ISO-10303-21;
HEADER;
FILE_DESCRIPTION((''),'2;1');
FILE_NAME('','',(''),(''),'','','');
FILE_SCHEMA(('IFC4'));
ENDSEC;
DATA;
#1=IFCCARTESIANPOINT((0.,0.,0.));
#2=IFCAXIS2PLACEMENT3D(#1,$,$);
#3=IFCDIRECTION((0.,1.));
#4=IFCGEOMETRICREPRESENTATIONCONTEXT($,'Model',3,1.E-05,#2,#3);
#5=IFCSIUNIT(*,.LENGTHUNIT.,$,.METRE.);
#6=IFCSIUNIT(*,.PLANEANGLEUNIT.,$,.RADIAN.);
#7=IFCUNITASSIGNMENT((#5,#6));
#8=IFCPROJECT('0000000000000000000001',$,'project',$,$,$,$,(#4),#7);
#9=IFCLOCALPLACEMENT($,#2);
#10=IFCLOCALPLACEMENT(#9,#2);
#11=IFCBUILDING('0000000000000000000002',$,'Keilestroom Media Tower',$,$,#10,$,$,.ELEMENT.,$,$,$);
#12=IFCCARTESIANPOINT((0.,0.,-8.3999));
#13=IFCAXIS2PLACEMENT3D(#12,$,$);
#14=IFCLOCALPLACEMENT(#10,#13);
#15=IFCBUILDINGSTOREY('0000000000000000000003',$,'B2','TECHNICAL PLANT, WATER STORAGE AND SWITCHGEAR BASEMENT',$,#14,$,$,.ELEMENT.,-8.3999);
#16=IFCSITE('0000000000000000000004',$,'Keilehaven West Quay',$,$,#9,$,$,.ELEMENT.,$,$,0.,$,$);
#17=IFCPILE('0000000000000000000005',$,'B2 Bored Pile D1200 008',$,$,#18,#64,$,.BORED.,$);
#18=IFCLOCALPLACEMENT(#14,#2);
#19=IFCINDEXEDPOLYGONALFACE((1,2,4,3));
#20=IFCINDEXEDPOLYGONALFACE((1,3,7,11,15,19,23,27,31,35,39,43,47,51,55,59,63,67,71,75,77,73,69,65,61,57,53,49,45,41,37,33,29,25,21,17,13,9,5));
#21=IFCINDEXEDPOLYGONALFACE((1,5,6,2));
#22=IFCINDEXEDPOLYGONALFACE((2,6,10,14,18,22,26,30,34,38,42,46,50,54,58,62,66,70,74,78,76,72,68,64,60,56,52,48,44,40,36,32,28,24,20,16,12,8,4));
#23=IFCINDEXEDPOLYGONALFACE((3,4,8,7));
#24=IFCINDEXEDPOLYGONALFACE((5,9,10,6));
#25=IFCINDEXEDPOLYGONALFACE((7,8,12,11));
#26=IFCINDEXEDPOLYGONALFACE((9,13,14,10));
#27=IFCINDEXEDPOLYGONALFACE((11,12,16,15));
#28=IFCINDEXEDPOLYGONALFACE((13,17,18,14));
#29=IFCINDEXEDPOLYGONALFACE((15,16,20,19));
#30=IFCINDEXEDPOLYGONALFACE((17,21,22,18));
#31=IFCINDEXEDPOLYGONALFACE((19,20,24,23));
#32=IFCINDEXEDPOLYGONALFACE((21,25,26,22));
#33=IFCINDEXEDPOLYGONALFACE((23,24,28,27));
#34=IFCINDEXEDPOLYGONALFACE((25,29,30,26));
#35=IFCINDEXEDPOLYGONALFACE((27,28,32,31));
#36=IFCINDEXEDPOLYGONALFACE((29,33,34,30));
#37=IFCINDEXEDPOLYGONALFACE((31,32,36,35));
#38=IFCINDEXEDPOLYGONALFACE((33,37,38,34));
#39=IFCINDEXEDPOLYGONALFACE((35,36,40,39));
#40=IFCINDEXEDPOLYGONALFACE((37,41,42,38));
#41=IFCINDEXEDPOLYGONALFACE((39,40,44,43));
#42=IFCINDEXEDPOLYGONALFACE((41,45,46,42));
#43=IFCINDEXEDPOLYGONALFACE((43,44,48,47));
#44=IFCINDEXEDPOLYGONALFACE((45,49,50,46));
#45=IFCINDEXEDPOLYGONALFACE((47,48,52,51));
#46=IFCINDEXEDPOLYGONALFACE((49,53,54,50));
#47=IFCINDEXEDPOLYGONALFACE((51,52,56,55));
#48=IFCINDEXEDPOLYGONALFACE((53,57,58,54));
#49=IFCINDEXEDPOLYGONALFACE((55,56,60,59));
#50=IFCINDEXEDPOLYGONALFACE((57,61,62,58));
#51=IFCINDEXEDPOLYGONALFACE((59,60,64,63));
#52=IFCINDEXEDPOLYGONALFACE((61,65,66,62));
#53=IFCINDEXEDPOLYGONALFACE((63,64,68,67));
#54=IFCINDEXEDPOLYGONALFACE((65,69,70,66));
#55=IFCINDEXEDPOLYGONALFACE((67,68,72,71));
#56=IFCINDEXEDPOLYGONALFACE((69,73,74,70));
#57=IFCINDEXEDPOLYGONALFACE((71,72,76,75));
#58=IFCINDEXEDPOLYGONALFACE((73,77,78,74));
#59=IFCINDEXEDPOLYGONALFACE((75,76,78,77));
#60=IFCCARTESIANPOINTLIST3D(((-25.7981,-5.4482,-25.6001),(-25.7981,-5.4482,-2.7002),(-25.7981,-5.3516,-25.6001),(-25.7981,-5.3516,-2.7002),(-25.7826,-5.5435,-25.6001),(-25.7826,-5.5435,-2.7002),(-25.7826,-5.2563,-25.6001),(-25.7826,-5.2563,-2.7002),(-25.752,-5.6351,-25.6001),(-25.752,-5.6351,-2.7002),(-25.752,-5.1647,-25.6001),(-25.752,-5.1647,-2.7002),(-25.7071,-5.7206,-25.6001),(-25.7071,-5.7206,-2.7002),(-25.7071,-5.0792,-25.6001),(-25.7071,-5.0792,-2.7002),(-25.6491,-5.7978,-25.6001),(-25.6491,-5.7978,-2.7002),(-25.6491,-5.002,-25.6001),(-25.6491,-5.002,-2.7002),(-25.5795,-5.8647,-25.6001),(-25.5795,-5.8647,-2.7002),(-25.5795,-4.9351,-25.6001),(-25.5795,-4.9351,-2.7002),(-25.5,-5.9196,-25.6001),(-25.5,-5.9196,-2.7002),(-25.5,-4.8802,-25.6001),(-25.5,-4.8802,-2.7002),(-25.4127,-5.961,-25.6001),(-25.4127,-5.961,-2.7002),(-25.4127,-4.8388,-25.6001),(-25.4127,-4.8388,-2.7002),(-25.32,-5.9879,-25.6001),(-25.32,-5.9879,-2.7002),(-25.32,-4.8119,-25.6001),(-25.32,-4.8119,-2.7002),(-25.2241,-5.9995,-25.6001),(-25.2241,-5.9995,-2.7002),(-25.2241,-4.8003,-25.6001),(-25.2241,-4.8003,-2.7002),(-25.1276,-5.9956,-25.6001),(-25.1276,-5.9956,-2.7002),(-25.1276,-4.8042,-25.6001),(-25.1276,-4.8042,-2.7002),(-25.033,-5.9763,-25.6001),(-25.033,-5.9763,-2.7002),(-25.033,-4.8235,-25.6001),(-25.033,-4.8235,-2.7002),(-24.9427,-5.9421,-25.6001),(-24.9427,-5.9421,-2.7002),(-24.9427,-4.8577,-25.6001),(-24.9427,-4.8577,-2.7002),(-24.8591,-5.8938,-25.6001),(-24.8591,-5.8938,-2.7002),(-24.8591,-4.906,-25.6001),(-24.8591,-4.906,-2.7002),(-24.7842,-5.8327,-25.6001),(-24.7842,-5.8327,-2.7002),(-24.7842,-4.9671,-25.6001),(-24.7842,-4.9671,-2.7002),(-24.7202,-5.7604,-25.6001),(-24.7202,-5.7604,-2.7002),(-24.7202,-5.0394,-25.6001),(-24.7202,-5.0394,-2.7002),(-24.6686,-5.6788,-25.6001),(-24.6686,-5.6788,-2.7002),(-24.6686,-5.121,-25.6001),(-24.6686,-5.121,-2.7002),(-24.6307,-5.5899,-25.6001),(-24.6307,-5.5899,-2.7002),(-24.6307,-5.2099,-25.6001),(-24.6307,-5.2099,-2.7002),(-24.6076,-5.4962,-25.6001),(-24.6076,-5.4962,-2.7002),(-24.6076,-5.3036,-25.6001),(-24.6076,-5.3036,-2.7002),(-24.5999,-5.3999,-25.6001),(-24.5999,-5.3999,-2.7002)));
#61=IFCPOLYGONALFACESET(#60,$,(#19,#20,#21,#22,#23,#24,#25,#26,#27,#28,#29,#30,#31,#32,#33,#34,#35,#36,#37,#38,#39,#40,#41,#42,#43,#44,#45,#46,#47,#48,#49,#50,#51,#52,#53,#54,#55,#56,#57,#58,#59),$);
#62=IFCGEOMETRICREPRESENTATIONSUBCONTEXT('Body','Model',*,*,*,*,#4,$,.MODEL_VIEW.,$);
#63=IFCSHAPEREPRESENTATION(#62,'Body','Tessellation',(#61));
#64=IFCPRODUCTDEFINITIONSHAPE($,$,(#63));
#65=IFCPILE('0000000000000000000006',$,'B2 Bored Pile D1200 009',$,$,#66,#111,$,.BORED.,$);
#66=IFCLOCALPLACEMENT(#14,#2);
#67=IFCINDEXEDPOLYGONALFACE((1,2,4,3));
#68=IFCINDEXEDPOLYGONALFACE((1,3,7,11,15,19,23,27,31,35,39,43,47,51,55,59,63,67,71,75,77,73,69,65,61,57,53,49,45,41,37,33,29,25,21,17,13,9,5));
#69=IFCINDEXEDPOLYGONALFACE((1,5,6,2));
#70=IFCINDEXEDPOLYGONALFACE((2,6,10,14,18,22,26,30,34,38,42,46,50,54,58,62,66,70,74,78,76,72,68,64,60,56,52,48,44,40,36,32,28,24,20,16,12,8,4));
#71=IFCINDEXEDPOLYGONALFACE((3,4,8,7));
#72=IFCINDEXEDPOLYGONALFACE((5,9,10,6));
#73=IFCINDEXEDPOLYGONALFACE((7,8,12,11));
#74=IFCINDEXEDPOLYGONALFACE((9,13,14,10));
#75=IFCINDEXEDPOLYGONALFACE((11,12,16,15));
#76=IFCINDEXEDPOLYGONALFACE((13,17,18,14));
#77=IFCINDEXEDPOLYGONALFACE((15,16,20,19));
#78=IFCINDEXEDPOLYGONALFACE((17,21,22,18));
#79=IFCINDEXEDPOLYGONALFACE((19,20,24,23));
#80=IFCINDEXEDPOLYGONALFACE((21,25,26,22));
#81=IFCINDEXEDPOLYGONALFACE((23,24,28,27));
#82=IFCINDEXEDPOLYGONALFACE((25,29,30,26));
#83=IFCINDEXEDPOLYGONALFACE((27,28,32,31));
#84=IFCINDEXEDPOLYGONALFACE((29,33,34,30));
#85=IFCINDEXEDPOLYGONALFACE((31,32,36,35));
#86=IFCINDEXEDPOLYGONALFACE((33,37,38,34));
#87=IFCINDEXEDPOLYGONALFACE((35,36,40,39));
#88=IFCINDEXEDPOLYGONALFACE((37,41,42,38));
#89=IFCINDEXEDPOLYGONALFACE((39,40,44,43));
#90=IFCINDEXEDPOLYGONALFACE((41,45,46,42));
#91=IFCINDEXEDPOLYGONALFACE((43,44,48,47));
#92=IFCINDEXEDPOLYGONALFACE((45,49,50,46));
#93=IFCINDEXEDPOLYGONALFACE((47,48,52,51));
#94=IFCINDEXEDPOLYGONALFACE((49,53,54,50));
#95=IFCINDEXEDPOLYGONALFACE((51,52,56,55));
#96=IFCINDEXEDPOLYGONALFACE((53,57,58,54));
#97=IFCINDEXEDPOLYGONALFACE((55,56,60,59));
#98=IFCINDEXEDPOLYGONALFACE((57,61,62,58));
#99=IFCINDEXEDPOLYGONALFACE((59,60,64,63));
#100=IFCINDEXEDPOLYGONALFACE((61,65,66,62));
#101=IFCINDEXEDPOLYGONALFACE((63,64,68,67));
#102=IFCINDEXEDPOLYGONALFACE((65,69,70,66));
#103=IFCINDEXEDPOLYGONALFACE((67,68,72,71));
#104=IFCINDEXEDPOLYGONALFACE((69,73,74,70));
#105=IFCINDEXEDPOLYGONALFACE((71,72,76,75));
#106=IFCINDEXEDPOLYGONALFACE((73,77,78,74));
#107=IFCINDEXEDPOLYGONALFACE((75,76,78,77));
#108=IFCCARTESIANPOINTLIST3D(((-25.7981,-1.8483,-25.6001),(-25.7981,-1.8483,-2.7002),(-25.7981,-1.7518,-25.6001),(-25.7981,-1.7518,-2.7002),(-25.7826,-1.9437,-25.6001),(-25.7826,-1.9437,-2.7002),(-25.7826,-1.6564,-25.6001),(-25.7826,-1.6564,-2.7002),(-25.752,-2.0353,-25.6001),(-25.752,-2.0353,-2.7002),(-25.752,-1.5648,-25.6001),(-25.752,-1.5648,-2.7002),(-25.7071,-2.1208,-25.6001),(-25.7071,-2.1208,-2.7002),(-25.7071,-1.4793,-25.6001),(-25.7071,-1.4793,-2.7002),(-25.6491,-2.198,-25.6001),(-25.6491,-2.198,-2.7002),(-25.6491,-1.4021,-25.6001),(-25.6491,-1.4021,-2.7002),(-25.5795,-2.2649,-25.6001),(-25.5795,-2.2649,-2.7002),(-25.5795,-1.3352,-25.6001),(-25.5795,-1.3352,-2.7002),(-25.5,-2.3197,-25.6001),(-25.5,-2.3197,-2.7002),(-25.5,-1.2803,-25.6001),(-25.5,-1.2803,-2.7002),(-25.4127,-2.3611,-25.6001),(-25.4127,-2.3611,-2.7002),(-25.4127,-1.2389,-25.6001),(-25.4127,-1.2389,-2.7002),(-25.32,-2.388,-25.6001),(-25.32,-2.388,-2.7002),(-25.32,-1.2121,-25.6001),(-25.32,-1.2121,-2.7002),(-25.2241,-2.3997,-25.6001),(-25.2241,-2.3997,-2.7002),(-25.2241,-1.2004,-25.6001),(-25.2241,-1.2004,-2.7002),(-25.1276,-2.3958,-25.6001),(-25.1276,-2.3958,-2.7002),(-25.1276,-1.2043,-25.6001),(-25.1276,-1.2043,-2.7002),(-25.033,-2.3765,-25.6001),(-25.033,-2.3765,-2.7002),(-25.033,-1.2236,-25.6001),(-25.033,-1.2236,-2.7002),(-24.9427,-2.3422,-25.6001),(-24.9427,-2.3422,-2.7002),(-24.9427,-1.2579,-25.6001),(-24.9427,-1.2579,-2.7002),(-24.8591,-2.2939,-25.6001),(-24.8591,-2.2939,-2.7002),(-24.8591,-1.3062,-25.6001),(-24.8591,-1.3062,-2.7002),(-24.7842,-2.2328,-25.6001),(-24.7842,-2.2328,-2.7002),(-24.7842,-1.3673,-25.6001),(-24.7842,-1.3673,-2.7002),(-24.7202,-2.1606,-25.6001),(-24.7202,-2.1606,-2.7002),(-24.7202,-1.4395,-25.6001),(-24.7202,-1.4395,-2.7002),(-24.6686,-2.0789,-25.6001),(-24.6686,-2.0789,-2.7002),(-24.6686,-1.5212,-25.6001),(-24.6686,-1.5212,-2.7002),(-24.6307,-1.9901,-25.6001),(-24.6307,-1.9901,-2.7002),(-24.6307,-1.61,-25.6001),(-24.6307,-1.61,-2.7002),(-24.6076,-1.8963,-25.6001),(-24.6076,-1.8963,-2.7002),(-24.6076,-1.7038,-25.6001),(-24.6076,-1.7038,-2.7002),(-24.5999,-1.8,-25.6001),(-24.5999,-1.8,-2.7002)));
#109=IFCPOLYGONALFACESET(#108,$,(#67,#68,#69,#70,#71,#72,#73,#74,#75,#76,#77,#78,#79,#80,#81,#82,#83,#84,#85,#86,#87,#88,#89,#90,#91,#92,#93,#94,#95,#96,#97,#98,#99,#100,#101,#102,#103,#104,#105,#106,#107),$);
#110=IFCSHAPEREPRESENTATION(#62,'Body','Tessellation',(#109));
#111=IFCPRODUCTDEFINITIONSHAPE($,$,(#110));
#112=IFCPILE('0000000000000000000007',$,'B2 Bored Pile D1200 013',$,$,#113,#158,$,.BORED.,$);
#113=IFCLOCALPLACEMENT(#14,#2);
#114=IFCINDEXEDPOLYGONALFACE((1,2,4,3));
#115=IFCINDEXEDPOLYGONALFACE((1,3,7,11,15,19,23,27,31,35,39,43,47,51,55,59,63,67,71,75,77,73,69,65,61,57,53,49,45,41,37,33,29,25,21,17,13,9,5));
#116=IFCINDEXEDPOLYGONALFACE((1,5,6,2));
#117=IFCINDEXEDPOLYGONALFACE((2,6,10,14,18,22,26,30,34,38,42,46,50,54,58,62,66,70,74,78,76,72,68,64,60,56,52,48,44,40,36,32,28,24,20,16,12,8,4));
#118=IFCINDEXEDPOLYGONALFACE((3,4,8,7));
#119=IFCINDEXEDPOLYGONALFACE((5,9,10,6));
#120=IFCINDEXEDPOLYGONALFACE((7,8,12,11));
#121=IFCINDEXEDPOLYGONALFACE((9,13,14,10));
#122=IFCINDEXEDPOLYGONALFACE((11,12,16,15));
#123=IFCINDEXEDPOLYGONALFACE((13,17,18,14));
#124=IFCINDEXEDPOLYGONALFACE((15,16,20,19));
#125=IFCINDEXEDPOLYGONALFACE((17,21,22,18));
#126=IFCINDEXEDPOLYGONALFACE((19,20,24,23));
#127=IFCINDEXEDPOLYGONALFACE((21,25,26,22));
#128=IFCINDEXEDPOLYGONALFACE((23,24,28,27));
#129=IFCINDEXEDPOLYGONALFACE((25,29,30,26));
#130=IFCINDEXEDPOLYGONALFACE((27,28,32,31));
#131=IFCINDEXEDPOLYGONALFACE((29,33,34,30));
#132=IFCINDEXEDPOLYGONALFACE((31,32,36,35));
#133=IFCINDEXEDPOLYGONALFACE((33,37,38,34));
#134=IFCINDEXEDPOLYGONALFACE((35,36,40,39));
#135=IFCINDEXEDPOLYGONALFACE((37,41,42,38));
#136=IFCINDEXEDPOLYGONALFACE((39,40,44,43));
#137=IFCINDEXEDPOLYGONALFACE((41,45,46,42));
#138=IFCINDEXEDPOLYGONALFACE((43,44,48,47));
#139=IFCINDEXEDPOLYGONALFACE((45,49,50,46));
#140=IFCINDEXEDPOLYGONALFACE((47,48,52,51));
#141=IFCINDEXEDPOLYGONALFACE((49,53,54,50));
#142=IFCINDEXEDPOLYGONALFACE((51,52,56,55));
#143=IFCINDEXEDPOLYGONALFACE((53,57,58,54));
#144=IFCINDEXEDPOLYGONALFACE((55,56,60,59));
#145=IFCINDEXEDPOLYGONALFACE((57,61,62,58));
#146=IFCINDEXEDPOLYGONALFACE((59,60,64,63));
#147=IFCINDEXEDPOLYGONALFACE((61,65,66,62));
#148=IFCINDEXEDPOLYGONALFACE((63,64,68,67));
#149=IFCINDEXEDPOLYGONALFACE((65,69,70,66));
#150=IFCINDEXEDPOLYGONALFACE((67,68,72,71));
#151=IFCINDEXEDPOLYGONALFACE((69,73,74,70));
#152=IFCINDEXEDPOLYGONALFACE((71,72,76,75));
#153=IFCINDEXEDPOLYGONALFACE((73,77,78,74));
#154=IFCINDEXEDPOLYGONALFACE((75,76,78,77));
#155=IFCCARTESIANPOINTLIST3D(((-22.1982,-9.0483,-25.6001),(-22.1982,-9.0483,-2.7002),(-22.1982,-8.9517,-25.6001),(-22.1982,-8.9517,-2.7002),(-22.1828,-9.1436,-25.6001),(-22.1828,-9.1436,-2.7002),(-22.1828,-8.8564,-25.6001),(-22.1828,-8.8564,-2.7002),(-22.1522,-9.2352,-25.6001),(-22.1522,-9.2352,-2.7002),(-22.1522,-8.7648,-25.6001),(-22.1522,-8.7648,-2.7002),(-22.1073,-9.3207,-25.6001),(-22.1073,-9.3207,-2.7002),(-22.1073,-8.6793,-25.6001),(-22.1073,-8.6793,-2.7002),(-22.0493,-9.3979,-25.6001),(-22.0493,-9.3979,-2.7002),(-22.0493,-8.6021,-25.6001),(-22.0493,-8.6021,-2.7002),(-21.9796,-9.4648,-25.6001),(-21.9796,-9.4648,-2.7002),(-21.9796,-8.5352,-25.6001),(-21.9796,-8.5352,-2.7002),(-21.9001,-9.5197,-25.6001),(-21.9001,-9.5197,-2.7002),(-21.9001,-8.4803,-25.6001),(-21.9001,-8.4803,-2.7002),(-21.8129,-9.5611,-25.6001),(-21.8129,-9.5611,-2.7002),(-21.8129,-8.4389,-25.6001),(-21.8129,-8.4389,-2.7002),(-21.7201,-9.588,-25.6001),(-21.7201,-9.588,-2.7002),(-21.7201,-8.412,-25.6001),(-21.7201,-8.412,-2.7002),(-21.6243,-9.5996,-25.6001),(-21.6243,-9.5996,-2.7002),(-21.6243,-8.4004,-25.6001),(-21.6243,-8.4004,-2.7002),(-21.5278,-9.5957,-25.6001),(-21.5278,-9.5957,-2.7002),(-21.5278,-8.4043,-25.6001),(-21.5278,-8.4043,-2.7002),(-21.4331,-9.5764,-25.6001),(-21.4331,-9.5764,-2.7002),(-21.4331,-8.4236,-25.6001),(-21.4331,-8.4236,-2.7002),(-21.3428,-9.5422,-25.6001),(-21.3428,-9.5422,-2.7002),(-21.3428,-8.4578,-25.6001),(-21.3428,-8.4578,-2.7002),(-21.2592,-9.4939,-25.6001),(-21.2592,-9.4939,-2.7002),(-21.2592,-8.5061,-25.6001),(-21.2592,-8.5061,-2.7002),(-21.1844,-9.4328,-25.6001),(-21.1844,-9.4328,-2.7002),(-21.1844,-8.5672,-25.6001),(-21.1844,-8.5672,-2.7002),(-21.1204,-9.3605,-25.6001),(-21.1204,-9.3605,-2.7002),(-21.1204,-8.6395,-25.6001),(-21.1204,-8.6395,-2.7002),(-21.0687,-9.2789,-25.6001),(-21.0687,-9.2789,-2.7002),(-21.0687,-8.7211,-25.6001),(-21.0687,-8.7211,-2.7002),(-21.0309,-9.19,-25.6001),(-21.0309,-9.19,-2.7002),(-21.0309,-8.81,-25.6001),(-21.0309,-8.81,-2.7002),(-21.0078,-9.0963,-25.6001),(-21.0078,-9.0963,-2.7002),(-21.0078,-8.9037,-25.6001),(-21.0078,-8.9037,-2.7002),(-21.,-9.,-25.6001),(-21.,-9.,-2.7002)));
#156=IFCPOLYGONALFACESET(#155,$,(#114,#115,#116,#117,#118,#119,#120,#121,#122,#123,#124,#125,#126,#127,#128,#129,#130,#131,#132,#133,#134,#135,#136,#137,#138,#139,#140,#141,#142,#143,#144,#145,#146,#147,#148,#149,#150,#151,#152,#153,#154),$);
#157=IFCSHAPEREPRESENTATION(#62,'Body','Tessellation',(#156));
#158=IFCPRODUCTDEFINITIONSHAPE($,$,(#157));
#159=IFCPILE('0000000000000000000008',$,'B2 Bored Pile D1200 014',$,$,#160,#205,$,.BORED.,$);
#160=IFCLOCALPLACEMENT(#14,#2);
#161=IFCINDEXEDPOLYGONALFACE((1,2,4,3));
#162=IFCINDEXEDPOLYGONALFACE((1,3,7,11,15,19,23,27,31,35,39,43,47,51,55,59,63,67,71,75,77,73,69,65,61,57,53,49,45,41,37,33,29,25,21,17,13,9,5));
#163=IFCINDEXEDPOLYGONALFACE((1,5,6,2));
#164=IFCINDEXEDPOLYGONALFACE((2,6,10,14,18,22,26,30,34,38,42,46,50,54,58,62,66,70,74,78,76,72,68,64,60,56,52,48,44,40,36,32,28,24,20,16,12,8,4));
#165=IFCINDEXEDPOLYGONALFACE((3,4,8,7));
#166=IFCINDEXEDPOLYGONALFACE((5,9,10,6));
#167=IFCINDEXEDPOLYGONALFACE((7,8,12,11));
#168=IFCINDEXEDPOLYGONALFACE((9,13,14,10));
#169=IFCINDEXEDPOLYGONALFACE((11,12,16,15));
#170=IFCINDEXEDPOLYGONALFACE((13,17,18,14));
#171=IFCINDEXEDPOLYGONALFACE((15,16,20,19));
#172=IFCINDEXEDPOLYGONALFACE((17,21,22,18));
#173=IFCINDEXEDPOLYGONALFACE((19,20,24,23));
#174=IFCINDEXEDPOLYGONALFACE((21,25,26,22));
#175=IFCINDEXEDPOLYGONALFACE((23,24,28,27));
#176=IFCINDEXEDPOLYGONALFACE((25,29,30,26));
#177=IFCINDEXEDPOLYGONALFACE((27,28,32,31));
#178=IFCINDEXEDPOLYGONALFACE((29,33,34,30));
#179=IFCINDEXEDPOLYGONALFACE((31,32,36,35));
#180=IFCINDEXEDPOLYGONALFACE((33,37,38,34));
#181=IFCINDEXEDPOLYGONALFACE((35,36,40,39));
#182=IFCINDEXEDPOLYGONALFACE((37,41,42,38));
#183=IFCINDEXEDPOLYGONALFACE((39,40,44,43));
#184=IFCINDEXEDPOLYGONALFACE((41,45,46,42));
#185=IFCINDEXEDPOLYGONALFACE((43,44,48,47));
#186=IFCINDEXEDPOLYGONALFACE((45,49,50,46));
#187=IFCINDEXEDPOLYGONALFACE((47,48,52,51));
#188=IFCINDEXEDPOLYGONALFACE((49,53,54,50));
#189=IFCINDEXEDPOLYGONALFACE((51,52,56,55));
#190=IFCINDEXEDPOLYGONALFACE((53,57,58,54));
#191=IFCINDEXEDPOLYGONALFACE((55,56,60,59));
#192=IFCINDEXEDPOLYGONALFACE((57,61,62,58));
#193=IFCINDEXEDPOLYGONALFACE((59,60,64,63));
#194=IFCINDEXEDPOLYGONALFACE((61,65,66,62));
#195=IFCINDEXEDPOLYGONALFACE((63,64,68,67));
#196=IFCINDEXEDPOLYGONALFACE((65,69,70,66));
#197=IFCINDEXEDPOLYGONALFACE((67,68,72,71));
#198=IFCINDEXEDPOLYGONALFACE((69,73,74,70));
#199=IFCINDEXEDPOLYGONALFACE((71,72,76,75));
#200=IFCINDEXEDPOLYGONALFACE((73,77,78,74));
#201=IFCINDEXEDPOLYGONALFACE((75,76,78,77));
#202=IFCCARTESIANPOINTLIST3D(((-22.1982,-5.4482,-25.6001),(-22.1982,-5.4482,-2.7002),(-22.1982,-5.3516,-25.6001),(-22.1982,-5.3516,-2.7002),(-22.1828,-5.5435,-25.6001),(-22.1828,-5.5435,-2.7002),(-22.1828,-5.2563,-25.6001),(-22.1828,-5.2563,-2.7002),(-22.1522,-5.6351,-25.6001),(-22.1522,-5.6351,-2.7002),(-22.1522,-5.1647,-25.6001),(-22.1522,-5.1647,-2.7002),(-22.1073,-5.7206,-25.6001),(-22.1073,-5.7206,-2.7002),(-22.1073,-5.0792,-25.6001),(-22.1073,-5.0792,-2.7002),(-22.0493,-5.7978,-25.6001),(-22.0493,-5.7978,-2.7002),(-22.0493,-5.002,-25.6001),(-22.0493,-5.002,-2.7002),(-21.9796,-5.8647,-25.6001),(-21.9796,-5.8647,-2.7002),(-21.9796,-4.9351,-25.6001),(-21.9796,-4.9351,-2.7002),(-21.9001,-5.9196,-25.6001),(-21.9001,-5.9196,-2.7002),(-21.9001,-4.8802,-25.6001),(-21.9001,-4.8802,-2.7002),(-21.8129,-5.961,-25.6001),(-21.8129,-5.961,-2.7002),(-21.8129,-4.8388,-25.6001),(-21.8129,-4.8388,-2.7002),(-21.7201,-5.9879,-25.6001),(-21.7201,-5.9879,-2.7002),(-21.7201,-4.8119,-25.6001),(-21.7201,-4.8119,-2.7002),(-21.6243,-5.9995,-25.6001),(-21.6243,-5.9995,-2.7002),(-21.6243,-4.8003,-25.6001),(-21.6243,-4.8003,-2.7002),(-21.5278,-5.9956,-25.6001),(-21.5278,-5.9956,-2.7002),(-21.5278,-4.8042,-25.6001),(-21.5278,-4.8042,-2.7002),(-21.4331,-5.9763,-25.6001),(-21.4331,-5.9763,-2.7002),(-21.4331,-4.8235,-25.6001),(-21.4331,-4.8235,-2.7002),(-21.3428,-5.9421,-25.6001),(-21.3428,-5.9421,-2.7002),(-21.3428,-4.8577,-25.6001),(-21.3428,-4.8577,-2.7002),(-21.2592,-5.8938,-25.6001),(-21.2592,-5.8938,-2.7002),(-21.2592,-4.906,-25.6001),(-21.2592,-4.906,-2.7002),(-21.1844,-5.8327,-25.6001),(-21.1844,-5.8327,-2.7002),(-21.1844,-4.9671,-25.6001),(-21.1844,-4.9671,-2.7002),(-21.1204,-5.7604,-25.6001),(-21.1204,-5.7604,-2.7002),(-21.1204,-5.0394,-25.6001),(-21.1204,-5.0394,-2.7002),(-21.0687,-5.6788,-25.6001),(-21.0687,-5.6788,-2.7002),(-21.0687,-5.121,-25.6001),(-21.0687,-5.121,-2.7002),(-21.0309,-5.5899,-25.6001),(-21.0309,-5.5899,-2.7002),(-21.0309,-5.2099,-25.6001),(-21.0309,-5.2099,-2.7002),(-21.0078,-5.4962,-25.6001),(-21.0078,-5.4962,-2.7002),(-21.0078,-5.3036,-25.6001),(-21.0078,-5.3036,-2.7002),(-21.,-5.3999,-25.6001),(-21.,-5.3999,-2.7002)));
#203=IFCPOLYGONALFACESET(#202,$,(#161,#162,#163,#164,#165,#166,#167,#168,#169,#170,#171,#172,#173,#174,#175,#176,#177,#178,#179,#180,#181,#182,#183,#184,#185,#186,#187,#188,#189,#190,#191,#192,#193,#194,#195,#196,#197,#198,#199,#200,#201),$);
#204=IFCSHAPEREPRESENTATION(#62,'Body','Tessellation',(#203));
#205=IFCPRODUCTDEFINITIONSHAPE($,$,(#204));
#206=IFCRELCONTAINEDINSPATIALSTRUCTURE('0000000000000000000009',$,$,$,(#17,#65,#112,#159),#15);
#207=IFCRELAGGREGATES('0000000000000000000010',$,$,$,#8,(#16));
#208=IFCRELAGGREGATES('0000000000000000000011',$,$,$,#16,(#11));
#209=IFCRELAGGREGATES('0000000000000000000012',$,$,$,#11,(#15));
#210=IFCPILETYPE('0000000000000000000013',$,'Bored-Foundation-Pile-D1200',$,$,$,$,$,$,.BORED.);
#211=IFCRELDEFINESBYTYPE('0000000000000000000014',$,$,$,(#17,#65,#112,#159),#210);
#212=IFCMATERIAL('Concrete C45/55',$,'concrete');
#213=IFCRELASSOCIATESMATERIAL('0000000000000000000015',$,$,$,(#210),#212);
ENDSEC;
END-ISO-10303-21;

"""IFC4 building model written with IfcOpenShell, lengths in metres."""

from ifc_helpers import new_model, si_unit, direction, frame, origin, origin_2d, place, context, subcontext, project, spatial, circle, extrude, source, transform, mapped, material, material_profile, profile_set, type_object, element, save


model = new_model("IFC4")

# Units and contexts
model_context = context("Model", 3, precision=1e-05, world=origin(), true_north=direction((0.0, 1.0)))
body_context = subcontext(model_context, "Body", "Model", "MODEL_VIEW")
ifc_project = project(units=[si_unit("LENGTHUNIT", "METRE"), si_unit("PLANEANGLEUNIT", "RADIAN")], contexts=[model_context])

# Site, building, storey
site_placement = place(None, origin())
site = spatial("IfcSite", under=ifc_project, at=site_placement, Name="Keilehaven West Quay", CompositionType="ELEMENT", RefElevation=0.0)
building_placement = place(site_placement, origin())
building = spatial("IfcBuilding", under=site, at=building_placement, Name="Keilestroom Media Tower", CompositionType="ELEMENT")
storey_placement = place(building_placement, frame((0.0, 0.0, -8.3999)))
storey = spatial("IfcBuildingStorey", under=building, at=storey_placement, Name="B2", Description="TECHNICAL PLANT, WATER STORAGE AND SWITCHGEAR BASEMENT", CompositionType="ELEMENT", Elevation=-8.3999)

# Piles
ifc_material_1 = material(Name="Concrete C45/55", Category="concrete")
ifc_material_profile_1 = material_profile(ifc_material_1, circle(Radius=0.6001, at=origin_2d()), Name="BORED PILE D1200")
ifc_profile_set_1 = profile_set([ifc_material_profile_1], Name="Concrete C45/55")
pile_type_1 = type_object("IfcPileType", Name="Bored-Foundation-Pile-D1200", PredefinedType="BORED", material=ifc_profile_set_1)
shared_shape_1 = source(origin(), body_context, "Body", "SweptSolid", [
    extrude(circle(Radius=0.6001, at=origin_2d()), origin(), (0.0, 0.0, 1.0), 22.8999),
])
for number, where, z_axis, x_axis, name in (
    (1, (-25.2, -5.3999, -2.7002), (0.0, 0.0, -1.0), (1.0, 0.0, 0.0), "B2 Bored Pile D1200 008"),
    (2, (-25.2, -1.8, -2.7002), (0.0, 0.0, -1.0), (1.0, 0.0, 0.0), "B2 Bored Pile D1200 009"),
    (3, (-21.6001, -9.0, -2.7002), (0.0, 0.0, -1.0), (1.0, 0.0, 0.0), "B2 Bored Pile D1200 013"),
    (4, (-21.6001, -5.3999, -2.7002), (0.0, 0.0, -1.0), (1.0, 0.0, 0.0), "B2 Bored Pile D1200 014"),
):
    element("IfcPile", number, at=place(storey_placement, frame(where, z_axis=z_axis, x_axis=x_axis)), inside=storey, type_object=pile_type_1, Name=name, PredefinedType="BORED", context=body_context, shape_type="MappedRepresentation", body=[
        mapped(shared_shape_1, transform((0.0, 0.0, 0.0), x_axis=(1.0, 0.0, 0.0), y_axis=(0.0, 1.0, 0.0), z_axis=(0.0, 0.0, 1.0), scale=1.0)),
    ])

save(model, "model.ifc")
